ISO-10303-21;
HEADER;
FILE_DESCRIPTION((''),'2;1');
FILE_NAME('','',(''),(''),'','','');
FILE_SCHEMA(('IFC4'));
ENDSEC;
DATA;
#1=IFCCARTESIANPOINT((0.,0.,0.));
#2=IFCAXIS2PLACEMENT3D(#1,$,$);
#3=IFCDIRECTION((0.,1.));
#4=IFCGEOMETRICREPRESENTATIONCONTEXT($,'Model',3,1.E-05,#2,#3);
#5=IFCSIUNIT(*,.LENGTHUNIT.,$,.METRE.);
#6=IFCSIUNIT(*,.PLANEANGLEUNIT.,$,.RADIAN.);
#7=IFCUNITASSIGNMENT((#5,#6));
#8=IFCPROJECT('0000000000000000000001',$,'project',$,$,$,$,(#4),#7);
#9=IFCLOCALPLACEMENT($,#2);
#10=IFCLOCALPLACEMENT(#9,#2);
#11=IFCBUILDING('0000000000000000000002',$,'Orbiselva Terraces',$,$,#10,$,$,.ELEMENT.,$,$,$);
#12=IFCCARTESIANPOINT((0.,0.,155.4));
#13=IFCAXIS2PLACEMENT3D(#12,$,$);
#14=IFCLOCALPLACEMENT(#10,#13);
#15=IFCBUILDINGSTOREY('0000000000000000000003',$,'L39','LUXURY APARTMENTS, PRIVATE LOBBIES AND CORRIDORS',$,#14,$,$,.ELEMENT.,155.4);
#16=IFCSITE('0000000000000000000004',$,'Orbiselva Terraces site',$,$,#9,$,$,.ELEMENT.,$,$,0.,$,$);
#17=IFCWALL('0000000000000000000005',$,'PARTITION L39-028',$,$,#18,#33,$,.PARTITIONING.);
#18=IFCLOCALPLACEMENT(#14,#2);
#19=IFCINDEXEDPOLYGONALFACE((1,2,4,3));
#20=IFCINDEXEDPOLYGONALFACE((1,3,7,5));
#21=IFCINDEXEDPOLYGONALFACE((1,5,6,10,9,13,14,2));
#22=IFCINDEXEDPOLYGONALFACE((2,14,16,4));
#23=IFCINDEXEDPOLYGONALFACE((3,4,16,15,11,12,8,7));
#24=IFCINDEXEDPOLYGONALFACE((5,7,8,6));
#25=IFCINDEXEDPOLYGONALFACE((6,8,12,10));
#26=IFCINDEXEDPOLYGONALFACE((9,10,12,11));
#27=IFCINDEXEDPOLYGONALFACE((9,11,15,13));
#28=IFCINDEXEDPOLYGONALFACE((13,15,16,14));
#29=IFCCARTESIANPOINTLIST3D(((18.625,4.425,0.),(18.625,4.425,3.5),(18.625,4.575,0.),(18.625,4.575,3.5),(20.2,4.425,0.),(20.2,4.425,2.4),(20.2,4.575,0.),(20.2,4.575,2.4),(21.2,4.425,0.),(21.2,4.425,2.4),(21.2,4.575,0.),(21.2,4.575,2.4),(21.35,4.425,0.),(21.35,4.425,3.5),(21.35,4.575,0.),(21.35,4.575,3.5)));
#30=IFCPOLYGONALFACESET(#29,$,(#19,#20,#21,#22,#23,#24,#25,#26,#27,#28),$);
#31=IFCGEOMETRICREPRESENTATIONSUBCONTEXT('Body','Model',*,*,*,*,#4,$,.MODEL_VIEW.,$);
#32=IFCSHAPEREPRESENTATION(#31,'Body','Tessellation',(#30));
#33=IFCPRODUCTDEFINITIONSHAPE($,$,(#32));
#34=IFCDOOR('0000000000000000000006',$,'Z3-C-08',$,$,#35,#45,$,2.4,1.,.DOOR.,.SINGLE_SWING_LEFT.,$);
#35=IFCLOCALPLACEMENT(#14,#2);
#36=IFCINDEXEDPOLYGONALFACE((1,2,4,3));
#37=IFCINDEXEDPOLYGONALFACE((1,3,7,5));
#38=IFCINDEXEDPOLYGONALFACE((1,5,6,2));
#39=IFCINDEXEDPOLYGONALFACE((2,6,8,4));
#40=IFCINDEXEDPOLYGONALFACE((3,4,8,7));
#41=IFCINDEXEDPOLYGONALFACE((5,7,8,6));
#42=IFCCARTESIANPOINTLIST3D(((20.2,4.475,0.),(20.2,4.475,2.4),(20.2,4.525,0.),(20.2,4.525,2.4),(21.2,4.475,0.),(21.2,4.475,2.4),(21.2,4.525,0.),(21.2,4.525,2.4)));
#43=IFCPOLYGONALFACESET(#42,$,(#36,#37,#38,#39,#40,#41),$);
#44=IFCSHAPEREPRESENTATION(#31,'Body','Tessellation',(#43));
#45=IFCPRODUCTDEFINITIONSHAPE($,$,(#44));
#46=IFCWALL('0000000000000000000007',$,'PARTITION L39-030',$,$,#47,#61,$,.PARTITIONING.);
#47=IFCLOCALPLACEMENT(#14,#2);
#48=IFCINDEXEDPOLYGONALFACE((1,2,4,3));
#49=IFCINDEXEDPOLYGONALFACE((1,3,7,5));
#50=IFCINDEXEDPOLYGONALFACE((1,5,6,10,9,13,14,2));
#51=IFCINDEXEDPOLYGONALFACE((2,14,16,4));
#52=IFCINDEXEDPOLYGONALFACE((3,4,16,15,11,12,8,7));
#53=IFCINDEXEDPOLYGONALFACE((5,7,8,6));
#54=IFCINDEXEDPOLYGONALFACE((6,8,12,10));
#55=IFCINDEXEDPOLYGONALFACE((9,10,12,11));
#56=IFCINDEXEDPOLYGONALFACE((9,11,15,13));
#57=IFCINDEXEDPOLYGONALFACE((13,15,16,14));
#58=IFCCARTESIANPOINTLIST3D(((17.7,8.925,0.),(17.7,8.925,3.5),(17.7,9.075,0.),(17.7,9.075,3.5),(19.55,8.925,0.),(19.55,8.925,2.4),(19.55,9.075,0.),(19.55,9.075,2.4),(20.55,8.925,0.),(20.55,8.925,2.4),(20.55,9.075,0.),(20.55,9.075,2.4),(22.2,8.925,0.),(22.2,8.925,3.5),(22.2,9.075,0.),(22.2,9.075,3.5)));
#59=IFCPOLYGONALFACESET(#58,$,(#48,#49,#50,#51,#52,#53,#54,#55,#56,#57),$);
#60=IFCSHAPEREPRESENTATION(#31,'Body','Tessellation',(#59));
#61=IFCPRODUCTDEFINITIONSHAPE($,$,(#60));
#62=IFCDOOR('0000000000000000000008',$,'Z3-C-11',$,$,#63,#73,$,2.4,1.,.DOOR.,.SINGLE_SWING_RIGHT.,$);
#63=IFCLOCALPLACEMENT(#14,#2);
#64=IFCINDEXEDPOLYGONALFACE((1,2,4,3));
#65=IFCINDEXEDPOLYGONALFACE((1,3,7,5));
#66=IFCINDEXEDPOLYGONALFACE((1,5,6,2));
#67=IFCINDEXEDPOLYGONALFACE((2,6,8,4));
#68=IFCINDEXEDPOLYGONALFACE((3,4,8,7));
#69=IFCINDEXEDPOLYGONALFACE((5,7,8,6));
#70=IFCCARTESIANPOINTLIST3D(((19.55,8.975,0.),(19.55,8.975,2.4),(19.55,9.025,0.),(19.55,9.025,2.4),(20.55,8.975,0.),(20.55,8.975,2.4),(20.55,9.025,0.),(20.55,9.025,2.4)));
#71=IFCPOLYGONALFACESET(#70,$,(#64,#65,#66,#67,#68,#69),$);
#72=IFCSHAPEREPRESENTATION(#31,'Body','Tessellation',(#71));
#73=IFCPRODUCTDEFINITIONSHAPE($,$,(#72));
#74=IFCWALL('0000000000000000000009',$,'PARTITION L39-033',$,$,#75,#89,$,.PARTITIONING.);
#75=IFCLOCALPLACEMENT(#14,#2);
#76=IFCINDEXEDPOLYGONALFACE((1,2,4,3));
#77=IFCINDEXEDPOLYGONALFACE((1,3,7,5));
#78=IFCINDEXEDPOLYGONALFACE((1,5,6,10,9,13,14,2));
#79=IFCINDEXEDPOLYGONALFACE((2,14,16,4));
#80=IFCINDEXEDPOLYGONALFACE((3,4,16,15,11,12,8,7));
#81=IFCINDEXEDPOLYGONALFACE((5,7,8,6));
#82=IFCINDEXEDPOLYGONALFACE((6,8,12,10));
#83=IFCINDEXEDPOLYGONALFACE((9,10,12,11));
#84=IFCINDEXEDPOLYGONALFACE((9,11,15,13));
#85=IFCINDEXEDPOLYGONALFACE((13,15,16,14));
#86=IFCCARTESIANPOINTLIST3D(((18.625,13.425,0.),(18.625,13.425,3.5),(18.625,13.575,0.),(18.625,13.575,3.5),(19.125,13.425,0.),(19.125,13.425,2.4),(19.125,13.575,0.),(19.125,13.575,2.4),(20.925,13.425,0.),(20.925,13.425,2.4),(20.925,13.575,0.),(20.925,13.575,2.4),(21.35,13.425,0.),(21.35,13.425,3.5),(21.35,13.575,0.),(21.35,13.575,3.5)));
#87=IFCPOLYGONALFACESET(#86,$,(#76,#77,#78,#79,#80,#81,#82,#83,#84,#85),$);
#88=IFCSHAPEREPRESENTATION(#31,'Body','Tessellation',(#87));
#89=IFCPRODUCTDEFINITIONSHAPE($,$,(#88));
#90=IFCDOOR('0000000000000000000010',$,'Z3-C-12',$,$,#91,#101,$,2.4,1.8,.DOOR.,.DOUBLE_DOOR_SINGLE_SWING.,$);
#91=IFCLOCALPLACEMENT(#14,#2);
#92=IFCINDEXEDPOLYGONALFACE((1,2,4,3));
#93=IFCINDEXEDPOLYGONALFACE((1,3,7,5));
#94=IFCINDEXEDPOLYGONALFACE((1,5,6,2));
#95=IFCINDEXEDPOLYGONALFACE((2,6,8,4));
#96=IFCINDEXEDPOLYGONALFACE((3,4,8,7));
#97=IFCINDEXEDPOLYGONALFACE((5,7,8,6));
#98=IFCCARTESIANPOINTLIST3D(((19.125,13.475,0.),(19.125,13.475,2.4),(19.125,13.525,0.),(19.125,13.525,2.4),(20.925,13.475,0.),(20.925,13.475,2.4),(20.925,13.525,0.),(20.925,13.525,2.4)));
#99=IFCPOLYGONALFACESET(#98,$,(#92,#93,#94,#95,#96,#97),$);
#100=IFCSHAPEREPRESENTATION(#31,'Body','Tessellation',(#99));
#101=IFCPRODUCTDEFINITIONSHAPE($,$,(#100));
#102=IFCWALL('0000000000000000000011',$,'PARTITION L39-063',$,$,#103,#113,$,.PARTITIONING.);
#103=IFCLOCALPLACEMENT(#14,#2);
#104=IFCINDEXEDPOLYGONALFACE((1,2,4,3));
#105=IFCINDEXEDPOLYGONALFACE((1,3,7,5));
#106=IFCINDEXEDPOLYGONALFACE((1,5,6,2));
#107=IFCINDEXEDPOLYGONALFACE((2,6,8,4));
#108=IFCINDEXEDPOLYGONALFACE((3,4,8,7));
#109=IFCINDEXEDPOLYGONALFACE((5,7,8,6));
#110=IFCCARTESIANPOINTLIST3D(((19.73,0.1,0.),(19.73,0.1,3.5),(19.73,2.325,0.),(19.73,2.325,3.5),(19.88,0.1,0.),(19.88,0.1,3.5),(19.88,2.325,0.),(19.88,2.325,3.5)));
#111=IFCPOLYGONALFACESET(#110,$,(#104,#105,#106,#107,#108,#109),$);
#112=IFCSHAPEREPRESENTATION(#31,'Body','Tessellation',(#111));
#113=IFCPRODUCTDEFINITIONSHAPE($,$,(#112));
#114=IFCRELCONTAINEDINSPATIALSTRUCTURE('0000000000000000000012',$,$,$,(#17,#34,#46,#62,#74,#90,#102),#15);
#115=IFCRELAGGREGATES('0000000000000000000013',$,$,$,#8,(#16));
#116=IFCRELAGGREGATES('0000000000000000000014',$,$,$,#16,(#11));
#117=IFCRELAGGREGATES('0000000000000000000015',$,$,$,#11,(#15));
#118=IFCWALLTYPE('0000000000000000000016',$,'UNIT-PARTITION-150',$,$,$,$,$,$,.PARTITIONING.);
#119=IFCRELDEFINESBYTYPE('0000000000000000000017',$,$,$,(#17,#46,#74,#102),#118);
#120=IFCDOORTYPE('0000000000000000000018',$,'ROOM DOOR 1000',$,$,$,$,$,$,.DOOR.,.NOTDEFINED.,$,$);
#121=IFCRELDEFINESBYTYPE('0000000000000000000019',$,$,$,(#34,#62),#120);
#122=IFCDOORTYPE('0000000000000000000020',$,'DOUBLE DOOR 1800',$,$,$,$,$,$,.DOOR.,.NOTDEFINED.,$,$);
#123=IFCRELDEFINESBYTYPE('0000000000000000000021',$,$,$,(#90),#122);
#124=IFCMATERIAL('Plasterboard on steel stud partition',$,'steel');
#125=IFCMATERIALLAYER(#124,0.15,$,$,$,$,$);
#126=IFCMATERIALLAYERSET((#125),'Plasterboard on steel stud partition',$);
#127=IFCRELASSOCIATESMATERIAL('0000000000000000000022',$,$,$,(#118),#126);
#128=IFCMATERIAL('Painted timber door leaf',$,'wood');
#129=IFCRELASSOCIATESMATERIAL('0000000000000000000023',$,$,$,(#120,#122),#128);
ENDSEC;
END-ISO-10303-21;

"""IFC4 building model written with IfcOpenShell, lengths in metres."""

from ifc_helpers import new_model, si_unit, direction, frame, frame_2d, origin, place, context, subcontext, project, spatial, rectangle, extrude, material, layer, layer_set, type_object, element, fill, save


model = new_model("IFC4")

# Units and contexts
model_context = context("Model", 3, precision=1e-05, world=origin(), true_north=direction((0.0, 1.0)))
body_context = subcontext(model_context, "Body", "Model", "MODEL_VIEW")
ifc_project = project(units=[si_unit("LENGTHUNIT", "METRE"), si_unit("PLANEANGLEUNIT", "RADIAN")], contexts=[model_context])

# Site, building, storey
site_placement = place(None, origin())
site = spatial("IfcSite", under=ifc_project, at=site_placement, Name="Orbiselva Terraces site", CompositionType="ELEMENT", RefElevation=0.0)
building_placement = place(site_placement, origin())
building = spatial("IfcBuilding", under=site, at=building_placement, Name="Orbiselva Terraces", CompositionType="ELEMENT")
storey_placement = place(building_placement, frame((0.0, 0.0, 155.4)))
storey = spatial("IfcBuildingStorey", under=building, at=storey_placement, Name="L39", Description="LUXURY APARTMENTS, PRIVATE LOBBIES AND CORRIDORS", CompositionType="ELEMENT", Elevation=155.4)

# Walls, openings, doors
ifc_material_1 = material(Name="Plasterboard on steel stud partition", Category="steel")
ifc_material_2 = material(Name="Painted timber door leaf", Category="wood")
ifc_layer_1 = layer(ifc_material_1, 0.15)
ifc_layer_set_1 = layer_set([ifc_layer_1], Name="Plasterboard on steel stud partition")
wall_type_1 = type_object("IfcWallType", Name="UNIT-PARTITION-150", PredefinedType="PARTITIONING", material=ifc_layer_set_1)
wall_1_placement = place(storey_placement, frame((21.35, 4.5, 0.0), z_axis=(0.0, 0.0, 1.0), x_axis=(-1.0, 0.0, 0.0)))
wall_1 = element("IfcWall", 1, at=wall_1_placement, inside=storey, type_object=wall_type_1, Name="PARTITION L39-028", PredefinedType="PARTITIONING", context=body_context, shape_type="SweptSolid", body=[
    extrude(rectangle(XDim=2.725, YDim=0.15, at=frame_2d((1.3625, 0.0))), origin(), (0.0, 0.0, 1.0), 3.5),
])
opening_1_placement = place(wall_1_placement, frame((0.15, 0.0, 0.0)))
opening_1 = element("IfcOpeningElement", 2, at=opening_1_placement, cuts=wall_1, PredefinedType="OPENING", context=body_context, shape_type="SweptSolid", body=[
    extrude(rectangle(XDim=1.0, YDim=2.4, at=frame_2d((0.5, 1.2))), frame((0.0, 0.085, 0.0), z_axis=(0.0, -1.0, 0.0), x_axis=(1.0, 0.0, 0.0)), (0.0, 0.0, 1.0), 0.17),
])
door_type_1 = type_object("IfcDoorType", Name="ROOM DOOR 1000", OperationType="NOTDEFINED", PredefinedType="DOOR", material=ifc_material_2)
door_1_placement = place(opening_1_placement, origin())
door_1 = element("IfcDoor", 3, at=door_1_placement, inside=storey, type_object=door_type_1, Name="Z3-C-08", OperationType="SINGLE_SWING_LEFT", OverallHeight=2.4, OverallWidth=1.0, PredefinedType="DOOR", context=body_context, shape_type="SweptSolid", body=[
    extrude(rectangle(XDim=1.0, YDim=2.4, at=frame_2d((0.5, 1.2))), frame((0.0, 0.025, 0.0), z_axis=(0.0, -1.0, 0.0), x_axis=(1.0, 0.0, 0.0)), (0.0, 0.0, 1.0), 0.05),
])
fill(opening_1, door_1)
wall_2_placement = place(storey_placement, frame((17.7, 9.0, 0.0), z_axis=(0.0, 0.0, 1.0), x_axis=(1.0, 0.0, 0.0)))
wall_2 = element("IfcWall", 4, at=wall_2_placement, inside=storey, type_object=wall_type_1, Name="PARTITION L39-030", PredefinedType="PARTITIONING", context=body_context, shape_type="SweptSolid", body=[
    extrude(rectangle(XDim=4.5, YDim=0.15, at=frame_2d((2.25, 0.0))), origin(), (0.0, 0.0, 1.0), 3.5),
])
opening_2_placement = place(wall_2_placement, frame((1.85, 0.0, 0.0)))
opening_2 = element("IfcOpeningElement", 5, at=opening_2_placement, cuts=wall_2, PredefinedType="OPENING", context=body_context, shape_type="SweptSolid", body=[
    extrude(rectangle(XDim=1.0, YDim=2.4, at=frame_2d((0.5, 1.2))), frame((0.0, 0.085, 0.0), z_axis=(0.0, -1.0, 0.0), x_axis=(1.0, 0.0, 0.0)), (0.0, 0.0, 1.0), 0.17),
])
door_2_placement = place(opening_2_placement, origin())
door_2 = element("IfcDoor", 6, at=door_2_placement, inside=storey, type_object=door_type_1, Name="Z3-C-11", OperationType="SINGLE_SWING_RIGHT", OverallHeight=2.4, OverallWidth=1.0, PredefinedType="DOOR", context=body_context, shape_type="SweptSolid", body=[
    extrude(rectangle(XDim=1.0, YDim=2.4, at=frame_2d((0.5, 1.2))), frame((0.0, 0.025, 0.0), z_axis=(0.0, -1.0, 0.0), x_axis=(1.0, 0.0, 0.0)), (0.0, 0.0, 1.0), 0.05),
])
fill(opening_2, door_2)
wall_3_placement = place(storey_placement, frame((18.625, 13.5, 0.0), z_axis=(0.0, 0.0, 1.0), x_axis=(1.0, 0.0, 0.0)))
wall_3 = element("IfcWall", 7, at=wall_3_placement, inside=storey, type_object=wall_type_1, Name="PARTITION L39-033", PredefinedType="PARTITIONING", context=body_context, shape_type="SweptSolid", body=[
    extrude(rectangle(XDim=2.725, YDim=0.15, at=frame_2d((1.3625, 0.0))), origin(), (0.0, 0.0, 1.0), 3.5),
])
opening_3_placement = place(wall_3_placement, frame((0.5, 0.0, 0.0)))
opening_3 = element("IfcOpeningElement", 8, at=opening_3_placement, cuts=wall_3, PredefinedType="OPENING", context=body_context, shape_type="SweptSolid", body=[
    extrude(rectangle(XDim=1.8, YDim=2.4, at=frame_2d((0.9, 1.2))), frame((0.0, 0.085, 0.0), z_axis=(0.0, -1.0, 0.0), x_axis=(1.0, 0.0, 0.0)), (0.0, 0.0, 1.0), 0.17),
])
door_type_2 = type_object("IfcDoorType", Name="DOUBLE DOOR 1800", OperationType="NOTDEFINED", PredefinedType="DOOR", material=ifc_material_2)
door_3_placement = place(opening_3_placement, origin())
door_3 = element("IfcDoor", 9, at=door_3_placement, inside=storey, type_object=door_type_2, Name="Z3-C-12", OperationType="DOUBLE_DOOR_SINGLE_SWING", OverallHeight=2.4, OverallWidth=1.8, PredefinedType="DOOR", context=body_context, shape_type="SweptSolid", body=[
    extrude(rectangle(XDim=1.8, YDim=2.4, at=frame_2d((0.9, 1.2))), frame((0.0, 0.025, 0.0), z_axis=(0.0, -1.0, 0.0), x_axis=(1.0, 0.0, 0.0)), (0.0, 0.0, 1.0), 0.05),
])
fill(opening_3, door_3)

# Wall
wall_4_placement = place(storey_placement, frame((19.805, 0.1, 0.0), z_axis=(0.0, 0.0, 1.0), x_axis=(0.0, 1.0, 0.0)))
element("IfcWall", 10, at=wall_4_placement, inside=storey, type_object=wall_type_1, Name="PARTITION L39-063", PredefinedType="PARTITIONING", context=body_context, shape_type="SweptSolid", body=[
    extrude(rectangle(XDim=2.225, YDim=0.15, at=frame_2d((1.1125, 0.0))), origin(), (0.0, 0.0, 1.0), 3.5),
])

save(model, "model.ifc")
